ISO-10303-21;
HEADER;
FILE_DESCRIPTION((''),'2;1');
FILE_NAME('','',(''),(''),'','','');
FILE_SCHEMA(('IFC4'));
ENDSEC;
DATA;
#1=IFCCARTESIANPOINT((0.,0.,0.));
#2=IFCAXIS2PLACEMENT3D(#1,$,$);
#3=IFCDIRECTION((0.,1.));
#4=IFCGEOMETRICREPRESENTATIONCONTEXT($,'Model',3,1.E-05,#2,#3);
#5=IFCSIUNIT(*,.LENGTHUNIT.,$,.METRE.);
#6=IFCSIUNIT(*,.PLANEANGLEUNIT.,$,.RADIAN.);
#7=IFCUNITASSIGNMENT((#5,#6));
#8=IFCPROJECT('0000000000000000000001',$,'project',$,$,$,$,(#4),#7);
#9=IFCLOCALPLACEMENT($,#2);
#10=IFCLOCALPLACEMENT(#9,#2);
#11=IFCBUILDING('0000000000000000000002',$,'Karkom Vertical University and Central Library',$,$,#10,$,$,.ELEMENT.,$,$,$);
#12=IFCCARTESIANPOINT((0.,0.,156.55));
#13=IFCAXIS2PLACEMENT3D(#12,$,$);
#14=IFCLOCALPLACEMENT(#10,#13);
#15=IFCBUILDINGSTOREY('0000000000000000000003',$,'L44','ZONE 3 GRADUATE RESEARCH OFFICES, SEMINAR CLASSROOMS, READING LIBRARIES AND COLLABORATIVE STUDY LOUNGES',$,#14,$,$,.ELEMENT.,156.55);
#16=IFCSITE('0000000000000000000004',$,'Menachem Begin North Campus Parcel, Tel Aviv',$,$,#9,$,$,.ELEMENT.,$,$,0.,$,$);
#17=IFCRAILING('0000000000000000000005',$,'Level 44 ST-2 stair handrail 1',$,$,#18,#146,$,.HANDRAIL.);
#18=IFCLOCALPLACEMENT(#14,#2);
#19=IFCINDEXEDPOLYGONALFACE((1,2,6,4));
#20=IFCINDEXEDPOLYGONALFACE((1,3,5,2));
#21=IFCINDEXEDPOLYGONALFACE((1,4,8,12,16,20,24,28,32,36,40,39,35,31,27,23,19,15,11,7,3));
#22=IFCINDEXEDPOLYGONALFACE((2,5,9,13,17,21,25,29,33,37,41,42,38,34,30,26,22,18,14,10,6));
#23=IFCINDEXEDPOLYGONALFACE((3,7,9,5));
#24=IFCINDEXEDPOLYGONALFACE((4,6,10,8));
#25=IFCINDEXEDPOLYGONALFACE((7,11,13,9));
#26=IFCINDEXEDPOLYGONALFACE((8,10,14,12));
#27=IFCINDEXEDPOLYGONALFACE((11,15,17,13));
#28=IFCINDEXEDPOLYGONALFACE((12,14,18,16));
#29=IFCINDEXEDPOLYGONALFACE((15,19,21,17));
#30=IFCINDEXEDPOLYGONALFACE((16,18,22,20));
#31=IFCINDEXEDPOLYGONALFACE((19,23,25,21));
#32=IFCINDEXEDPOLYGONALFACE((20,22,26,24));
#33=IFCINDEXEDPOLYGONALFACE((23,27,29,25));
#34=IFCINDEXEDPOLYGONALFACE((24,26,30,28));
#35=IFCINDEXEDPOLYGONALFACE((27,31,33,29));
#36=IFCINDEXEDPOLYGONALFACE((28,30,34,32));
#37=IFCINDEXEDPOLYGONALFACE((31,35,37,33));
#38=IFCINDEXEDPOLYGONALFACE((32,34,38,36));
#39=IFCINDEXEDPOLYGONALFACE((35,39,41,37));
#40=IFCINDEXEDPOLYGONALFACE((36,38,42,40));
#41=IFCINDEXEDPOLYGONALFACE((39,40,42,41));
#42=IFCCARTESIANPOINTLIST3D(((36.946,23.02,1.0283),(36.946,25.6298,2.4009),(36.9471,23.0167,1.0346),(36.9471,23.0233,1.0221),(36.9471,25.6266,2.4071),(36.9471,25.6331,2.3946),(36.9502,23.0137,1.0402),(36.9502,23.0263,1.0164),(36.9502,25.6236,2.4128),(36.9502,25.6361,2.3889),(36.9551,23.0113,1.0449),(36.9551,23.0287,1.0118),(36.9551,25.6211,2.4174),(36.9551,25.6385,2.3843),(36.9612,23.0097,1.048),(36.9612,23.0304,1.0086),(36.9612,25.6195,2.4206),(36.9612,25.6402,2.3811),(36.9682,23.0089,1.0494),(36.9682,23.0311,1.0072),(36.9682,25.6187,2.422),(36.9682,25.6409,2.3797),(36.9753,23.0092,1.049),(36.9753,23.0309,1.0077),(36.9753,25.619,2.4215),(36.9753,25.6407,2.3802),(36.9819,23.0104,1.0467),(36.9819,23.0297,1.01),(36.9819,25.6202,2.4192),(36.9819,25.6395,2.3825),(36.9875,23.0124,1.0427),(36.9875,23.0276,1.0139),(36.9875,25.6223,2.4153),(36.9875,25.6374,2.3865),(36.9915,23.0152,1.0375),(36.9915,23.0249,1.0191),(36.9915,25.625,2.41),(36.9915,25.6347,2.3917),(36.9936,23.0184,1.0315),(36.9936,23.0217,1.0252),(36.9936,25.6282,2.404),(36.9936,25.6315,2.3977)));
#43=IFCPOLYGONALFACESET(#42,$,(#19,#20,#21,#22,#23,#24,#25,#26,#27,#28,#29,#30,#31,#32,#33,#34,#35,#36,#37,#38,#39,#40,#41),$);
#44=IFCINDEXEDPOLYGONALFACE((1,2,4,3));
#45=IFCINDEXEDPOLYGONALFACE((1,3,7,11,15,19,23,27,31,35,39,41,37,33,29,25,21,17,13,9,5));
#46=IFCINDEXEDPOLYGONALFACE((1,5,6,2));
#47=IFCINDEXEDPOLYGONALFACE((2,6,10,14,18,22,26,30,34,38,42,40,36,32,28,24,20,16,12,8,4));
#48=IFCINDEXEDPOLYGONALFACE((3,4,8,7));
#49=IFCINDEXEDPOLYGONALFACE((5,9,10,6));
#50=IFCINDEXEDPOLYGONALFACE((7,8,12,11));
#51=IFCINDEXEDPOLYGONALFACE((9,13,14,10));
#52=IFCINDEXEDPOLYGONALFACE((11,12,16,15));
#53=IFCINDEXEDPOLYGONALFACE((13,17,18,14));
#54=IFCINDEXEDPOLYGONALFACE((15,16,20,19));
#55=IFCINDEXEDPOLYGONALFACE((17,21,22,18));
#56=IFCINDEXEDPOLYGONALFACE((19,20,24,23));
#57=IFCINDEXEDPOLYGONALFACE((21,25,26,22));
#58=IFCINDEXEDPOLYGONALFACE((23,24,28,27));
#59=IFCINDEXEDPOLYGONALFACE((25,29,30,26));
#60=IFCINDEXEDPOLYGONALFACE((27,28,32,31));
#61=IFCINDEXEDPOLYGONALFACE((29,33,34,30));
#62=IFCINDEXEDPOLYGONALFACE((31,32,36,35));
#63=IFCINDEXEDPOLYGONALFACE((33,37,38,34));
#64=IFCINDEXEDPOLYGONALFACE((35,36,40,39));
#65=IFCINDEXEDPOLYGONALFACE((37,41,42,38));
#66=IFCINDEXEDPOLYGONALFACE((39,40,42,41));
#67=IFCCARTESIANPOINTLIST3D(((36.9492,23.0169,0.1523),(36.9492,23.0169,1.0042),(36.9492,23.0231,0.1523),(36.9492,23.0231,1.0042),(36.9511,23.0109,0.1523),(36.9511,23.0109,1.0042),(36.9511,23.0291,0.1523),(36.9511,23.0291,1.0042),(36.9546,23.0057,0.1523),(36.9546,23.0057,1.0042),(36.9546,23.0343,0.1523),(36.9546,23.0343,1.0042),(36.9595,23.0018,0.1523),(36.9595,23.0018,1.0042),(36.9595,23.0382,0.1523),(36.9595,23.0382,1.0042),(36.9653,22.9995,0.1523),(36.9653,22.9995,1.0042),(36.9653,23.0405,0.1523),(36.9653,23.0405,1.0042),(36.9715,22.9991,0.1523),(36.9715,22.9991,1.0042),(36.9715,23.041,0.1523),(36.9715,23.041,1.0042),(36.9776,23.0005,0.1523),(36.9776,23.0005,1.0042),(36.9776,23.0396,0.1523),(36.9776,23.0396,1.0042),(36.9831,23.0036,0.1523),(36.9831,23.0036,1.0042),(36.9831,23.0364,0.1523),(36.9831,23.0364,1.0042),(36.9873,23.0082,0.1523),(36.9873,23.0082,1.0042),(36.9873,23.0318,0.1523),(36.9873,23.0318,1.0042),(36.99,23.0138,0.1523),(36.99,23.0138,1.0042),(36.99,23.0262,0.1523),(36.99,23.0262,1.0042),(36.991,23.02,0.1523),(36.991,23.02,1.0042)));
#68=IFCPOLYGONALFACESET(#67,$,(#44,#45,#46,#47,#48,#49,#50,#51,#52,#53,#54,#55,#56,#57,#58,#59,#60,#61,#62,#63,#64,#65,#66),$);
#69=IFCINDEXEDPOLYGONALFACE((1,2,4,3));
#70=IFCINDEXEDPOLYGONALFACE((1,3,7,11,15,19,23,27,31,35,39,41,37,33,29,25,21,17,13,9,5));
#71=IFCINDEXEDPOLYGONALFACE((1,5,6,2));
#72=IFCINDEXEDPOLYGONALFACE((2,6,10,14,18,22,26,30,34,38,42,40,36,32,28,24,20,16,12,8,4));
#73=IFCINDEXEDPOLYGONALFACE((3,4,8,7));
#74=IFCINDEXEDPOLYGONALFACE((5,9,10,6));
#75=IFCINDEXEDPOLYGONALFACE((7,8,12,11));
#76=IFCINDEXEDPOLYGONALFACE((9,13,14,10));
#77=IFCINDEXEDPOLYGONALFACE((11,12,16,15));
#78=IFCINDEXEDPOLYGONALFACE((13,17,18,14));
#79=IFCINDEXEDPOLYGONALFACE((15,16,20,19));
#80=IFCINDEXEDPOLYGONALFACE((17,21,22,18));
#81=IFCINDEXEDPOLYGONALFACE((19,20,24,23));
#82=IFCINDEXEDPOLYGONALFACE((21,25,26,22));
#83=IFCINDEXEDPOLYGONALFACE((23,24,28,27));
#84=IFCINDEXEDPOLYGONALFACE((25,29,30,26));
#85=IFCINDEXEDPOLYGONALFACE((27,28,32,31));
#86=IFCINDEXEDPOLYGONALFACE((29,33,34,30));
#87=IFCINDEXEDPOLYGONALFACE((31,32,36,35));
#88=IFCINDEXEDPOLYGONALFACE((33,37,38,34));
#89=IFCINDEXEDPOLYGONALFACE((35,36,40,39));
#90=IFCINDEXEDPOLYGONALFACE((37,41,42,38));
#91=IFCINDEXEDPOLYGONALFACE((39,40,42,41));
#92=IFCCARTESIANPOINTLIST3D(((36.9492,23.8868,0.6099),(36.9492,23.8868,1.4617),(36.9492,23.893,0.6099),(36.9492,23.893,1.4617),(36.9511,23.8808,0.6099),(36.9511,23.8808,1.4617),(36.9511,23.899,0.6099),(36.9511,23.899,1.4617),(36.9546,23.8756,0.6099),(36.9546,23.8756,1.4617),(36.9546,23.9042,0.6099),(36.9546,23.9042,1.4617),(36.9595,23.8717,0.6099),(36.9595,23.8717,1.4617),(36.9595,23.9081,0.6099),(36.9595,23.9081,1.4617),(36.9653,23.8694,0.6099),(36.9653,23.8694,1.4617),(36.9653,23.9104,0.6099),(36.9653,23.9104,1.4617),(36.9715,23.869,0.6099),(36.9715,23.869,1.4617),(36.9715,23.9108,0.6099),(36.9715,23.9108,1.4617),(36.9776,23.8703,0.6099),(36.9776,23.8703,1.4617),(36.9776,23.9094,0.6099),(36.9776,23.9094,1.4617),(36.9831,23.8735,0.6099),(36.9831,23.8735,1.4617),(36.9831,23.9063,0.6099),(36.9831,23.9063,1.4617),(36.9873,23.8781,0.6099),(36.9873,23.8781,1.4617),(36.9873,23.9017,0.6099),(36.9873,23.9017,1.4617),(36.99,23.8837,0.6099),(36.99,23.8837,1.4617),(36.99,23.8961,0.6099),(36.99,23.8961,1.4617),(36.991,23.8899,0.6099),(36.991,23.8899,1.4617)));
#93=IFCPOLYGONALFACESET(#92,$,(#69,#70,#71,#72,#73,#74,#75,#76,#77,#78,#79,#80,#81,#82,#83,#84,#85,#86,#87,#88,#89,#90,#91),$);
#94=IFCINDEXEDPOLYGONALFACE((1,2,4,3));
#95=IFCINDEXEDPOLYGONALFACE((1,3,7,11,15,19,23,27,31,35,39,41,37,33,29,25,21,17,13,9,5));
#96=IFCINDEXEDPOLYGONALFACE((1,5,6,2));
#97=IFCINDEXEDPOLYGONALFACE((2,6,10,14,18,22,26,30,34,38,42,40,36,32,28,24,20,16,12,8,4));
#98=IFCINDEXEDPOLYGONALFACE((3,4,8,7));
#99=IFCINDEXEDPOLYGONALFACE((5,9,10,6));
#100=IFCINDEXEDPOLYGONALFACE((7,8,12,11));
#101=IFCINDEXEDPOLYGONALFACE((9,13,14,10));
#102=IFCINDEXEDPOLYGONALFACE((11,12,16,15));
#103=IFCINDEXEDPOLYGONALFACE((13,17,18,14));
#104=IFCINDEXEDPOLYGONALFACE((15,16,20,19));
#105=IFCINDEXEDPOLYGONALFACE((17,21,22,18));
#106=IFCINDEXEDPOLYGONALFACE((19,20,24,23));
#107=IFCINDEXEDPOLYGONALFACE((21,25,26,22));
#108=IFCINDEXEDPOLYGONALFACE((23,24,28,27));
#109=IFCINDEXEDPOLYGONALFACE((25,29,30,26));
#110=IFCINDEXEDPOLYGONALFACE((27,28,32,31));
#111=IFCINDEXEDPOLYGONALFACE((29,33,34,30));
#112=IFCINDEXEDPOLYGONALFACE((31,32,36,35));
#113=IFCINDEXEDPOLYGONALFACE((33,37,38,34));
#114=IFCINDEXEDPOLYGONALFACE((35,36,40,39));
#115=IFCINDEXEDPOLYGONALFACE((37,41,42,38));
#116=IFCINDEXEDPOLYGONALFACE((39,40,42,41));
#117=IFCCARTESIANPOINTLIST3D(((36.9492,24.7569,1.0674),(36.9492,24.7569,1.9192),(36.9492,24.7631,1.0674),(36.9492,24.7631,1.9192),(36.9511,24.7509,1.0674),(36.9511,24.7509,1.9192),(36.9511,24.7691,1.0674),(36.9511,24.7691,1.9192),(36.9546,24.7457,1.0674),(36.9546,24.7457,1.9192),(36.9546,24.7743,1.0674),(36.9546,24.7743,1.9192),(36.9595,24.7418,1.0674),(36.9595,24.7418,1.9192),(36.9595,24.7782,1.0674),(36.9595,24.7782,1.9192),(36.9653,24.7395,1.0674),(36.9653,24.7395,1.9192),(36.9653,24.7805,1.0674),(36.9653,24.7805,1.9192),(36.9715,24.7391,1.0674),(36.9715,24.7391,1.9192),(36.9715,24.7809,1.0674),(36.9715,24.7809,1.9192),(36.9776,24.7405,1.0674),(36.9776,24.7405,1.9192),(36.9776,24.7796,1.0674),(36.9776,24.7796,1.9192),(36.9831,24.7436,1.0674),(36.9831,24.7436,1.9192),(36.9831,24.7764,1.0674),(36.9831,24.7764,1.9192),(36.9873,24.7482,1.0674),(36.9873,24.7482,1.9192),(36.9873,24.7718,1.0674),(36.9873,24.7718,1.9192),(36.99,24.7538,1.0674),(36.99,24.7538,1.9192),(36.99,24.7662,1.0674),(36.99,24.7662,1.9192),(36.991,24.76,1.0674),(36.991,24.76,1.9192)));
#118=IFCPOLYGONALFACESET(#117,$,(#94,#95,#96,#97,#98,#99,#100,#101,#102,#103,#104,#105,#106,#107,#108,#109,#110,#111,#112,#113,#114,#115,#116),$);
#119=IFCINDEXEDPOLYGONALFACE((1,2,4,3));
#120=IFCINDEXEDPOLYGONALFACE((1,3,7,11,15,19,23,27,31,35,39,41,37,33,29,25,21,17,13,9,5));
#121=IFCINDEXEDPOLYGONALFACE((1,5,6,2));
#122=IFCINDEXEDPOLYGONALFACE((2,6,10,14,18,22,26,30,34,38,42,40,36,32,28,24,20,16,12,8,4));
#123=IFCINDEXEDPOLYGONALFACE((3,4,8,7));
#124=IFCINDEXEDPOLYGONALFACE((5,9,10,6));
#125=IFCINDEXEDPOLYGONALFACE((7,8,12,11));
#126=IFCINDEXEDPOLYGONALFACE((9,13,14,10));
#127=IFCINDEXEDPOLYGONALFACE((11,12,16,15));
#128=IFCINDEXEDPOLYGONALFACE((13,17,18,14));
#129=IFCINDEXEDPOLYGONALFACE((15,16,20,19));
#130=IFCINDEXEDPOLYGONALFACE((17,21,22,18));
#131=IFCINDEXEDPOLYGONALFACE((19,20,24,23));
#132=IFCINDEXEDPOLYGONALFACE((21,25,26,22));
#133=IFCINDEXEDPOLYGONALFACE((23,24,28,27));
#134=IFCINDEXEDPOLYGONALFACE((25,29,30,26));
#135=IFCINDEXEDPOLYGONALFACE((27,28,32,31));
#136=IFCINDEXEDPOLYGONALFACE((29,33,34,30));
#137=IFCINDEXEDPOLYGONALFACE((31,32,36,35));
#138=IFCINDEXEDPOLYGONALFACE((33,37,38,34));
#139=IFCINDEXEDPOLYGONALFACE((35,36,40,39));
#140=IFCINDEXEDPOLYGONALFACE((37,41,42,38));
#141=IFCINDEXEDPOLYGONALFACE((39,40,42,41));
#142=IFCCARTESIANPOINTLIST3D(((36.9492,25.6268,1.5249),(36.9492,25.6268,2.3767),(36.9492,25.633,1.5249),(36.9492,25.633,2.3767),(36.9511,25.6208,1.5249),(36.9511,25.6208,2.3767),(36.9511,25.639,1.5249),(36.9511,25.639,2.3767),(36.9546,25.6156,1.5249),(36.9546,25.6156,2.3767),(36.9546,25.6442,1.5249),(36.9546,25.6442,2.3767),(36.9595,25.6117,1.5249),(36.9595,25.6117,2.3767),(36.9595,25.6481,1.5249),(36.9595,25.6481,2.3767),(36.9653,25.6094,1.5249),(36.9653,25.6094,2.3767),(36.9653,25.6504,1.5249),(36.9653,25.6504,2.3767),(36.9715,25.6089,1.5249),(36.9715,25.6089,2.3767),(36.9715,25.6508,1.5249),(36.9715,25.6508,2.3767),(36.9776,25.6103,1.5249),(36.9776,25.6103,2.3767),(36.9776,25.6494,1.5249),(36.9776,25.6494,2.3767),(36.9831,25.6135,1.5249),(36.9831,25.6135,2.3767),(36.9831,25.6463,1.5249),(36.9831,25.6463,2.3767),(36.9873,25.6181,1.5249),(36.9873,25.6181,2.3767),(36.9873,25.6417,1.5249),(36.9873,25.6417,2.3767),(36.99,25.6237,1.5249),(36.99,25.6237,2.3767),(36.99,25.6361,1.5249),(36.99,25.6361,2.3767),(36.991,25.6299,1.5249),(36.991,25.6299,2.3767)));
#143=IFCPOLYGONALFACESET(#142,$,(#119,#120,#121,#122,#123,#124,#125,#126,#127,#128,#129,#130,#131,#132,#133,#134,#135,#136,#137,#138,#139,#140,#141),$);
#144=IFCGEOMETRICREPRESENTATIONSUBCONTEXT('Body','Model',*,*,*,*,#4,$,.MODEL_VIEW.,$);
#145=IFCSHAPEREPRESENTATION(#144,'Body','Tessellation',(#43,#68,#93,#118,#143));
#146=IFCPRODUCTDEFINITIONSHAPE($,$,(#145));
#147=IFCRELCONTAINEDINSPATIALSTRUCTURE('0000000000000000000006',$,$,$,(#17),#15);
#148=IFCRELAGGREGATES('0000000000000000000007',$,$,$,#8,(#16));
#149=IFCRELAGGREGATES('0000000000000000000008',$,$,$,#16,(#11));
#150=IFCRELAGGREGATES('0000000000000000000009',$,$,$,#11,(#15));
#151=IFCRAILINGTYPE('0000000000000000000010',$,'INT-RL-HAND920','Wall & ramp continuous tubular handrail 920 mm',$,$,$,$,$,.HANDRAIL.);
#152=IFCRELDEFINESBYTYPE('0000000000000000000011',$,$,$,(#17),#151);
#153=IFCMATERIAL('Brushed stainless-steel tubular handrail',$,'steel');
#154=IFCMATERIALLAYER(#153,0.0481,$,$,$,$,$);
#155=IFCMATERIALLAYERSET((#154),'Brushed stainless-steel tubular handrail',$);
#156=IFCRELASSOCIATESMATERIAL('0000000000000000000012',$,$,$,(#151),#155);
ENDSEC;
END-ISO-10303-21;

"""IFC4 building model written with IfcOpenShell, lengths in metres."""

from ifc_helpers import new_model, si_unit, direction, frame, origin, origin_2d, place, context, subcontext, project, spatial, circle, extrude, material, layer, layer_set, type_object, element, save


model = new_model("IFC4")

# Units and contexts
model_context = context("Model", 3, precision=1e-05, world=origin(), true_north=direction((0.0, 1.0)))
body_context = subcontext(model_context, "Body", "Model", "MODEL_VIEW")
ifc_project = project(units=[si_unit("LENGTHUNIT", "METRE"), si_unit("PLANEANGLEUNIT", "RADIAN")], contexts=[model_context])

# Site, building, storey
site_placement = place(None, origin())
site = spatial("IfcSite", under=ifc_project, at=site_placement, Name="Menachem Begin North Campus Parcel, Tel Aviv", CompositionType="ELEMENT", RefElevation=0.0)
building_placement = place(site_placement, origin())
building = spatial("IfcBuilding", under=site, at=building_placement, Name="Karkom Vertical University and Central Library", CompositionType="ELEMENT")
storey_placement = place(building_placement, frame((0.0, 0.0, 156.55)))
storey = spatial("IfcBuildingStorey", under=building, at=storey_placement, Name="L44", Description="ZONE 3 GRADUATE RESEARCH OFFICES, SEMINAR CLASSROOMS, READING LIBRARIES AND COLLABORATIVE STUDY LOUNGES", CompositionType="ELEMENT", Elevation=156.55)

# Railing
ifc_material_1 = material(Name="Brushed stainless-steel tubular handrail", Category="steel")
ifc_layer_1 = layer(ifc_material_1, 0.0481)
ifc_layer_set_1 = layer_set([ifc_layer_1], Name="Brushed stainless-steel tubular handrail")
railing_type_1 = type_object("IfcRailingType", Name="INT-RL-HAND920", Description="Wall & ramp continuous tubular handrail 920 mm", PredefinedType="HANDRAIL", material=ifc_layer_set_1)
railing_1_placement = place(storey_placement, frame((36.97, 23.02, 0.1523)))
element("IfcRailing", 1, at=railing_1_placement, inside=storey, type_object=railing_type_1, Name="Level 44 ST-2 stair handrail 1", PredefinedType="HANDRAIL", context=body_context, shape_type="SweptSolid", body=[
    extrude(circle(Radius=0.0239, at=origin_2d()), frame((0.0, 0.0, 0.876), z_axis=(0.0, 0.885065, 0.465467), x_axis=(-1.0, 0.0, 0.0)), (0.0, 0.0, 1.0), 2.9487),
    extrude(circle(Radius=0.021, at=origin_2d()), origin(), (0.0, 0.0, 1.0), 0.8518),
    extrude(circle(Radius=0.021, at=origin_2d()), frame((0.0, 0.8699, 0.4575)), (0.0, 0.0, 1.0), 0.8518),
    extrude(circle(Radius=0.021, at=origin_2d()), frame((0.0, 1.74, 0.915)), (0.0, 0.0, 1.0), 0.8518),
    extrude(circle(Radius=0.021, at=origin_2d()), frame((0.0, 2.6099, 1.3726)), (0.0, 0.0, 1.0), 0.8518),
])

save(model, "model.ifc")
